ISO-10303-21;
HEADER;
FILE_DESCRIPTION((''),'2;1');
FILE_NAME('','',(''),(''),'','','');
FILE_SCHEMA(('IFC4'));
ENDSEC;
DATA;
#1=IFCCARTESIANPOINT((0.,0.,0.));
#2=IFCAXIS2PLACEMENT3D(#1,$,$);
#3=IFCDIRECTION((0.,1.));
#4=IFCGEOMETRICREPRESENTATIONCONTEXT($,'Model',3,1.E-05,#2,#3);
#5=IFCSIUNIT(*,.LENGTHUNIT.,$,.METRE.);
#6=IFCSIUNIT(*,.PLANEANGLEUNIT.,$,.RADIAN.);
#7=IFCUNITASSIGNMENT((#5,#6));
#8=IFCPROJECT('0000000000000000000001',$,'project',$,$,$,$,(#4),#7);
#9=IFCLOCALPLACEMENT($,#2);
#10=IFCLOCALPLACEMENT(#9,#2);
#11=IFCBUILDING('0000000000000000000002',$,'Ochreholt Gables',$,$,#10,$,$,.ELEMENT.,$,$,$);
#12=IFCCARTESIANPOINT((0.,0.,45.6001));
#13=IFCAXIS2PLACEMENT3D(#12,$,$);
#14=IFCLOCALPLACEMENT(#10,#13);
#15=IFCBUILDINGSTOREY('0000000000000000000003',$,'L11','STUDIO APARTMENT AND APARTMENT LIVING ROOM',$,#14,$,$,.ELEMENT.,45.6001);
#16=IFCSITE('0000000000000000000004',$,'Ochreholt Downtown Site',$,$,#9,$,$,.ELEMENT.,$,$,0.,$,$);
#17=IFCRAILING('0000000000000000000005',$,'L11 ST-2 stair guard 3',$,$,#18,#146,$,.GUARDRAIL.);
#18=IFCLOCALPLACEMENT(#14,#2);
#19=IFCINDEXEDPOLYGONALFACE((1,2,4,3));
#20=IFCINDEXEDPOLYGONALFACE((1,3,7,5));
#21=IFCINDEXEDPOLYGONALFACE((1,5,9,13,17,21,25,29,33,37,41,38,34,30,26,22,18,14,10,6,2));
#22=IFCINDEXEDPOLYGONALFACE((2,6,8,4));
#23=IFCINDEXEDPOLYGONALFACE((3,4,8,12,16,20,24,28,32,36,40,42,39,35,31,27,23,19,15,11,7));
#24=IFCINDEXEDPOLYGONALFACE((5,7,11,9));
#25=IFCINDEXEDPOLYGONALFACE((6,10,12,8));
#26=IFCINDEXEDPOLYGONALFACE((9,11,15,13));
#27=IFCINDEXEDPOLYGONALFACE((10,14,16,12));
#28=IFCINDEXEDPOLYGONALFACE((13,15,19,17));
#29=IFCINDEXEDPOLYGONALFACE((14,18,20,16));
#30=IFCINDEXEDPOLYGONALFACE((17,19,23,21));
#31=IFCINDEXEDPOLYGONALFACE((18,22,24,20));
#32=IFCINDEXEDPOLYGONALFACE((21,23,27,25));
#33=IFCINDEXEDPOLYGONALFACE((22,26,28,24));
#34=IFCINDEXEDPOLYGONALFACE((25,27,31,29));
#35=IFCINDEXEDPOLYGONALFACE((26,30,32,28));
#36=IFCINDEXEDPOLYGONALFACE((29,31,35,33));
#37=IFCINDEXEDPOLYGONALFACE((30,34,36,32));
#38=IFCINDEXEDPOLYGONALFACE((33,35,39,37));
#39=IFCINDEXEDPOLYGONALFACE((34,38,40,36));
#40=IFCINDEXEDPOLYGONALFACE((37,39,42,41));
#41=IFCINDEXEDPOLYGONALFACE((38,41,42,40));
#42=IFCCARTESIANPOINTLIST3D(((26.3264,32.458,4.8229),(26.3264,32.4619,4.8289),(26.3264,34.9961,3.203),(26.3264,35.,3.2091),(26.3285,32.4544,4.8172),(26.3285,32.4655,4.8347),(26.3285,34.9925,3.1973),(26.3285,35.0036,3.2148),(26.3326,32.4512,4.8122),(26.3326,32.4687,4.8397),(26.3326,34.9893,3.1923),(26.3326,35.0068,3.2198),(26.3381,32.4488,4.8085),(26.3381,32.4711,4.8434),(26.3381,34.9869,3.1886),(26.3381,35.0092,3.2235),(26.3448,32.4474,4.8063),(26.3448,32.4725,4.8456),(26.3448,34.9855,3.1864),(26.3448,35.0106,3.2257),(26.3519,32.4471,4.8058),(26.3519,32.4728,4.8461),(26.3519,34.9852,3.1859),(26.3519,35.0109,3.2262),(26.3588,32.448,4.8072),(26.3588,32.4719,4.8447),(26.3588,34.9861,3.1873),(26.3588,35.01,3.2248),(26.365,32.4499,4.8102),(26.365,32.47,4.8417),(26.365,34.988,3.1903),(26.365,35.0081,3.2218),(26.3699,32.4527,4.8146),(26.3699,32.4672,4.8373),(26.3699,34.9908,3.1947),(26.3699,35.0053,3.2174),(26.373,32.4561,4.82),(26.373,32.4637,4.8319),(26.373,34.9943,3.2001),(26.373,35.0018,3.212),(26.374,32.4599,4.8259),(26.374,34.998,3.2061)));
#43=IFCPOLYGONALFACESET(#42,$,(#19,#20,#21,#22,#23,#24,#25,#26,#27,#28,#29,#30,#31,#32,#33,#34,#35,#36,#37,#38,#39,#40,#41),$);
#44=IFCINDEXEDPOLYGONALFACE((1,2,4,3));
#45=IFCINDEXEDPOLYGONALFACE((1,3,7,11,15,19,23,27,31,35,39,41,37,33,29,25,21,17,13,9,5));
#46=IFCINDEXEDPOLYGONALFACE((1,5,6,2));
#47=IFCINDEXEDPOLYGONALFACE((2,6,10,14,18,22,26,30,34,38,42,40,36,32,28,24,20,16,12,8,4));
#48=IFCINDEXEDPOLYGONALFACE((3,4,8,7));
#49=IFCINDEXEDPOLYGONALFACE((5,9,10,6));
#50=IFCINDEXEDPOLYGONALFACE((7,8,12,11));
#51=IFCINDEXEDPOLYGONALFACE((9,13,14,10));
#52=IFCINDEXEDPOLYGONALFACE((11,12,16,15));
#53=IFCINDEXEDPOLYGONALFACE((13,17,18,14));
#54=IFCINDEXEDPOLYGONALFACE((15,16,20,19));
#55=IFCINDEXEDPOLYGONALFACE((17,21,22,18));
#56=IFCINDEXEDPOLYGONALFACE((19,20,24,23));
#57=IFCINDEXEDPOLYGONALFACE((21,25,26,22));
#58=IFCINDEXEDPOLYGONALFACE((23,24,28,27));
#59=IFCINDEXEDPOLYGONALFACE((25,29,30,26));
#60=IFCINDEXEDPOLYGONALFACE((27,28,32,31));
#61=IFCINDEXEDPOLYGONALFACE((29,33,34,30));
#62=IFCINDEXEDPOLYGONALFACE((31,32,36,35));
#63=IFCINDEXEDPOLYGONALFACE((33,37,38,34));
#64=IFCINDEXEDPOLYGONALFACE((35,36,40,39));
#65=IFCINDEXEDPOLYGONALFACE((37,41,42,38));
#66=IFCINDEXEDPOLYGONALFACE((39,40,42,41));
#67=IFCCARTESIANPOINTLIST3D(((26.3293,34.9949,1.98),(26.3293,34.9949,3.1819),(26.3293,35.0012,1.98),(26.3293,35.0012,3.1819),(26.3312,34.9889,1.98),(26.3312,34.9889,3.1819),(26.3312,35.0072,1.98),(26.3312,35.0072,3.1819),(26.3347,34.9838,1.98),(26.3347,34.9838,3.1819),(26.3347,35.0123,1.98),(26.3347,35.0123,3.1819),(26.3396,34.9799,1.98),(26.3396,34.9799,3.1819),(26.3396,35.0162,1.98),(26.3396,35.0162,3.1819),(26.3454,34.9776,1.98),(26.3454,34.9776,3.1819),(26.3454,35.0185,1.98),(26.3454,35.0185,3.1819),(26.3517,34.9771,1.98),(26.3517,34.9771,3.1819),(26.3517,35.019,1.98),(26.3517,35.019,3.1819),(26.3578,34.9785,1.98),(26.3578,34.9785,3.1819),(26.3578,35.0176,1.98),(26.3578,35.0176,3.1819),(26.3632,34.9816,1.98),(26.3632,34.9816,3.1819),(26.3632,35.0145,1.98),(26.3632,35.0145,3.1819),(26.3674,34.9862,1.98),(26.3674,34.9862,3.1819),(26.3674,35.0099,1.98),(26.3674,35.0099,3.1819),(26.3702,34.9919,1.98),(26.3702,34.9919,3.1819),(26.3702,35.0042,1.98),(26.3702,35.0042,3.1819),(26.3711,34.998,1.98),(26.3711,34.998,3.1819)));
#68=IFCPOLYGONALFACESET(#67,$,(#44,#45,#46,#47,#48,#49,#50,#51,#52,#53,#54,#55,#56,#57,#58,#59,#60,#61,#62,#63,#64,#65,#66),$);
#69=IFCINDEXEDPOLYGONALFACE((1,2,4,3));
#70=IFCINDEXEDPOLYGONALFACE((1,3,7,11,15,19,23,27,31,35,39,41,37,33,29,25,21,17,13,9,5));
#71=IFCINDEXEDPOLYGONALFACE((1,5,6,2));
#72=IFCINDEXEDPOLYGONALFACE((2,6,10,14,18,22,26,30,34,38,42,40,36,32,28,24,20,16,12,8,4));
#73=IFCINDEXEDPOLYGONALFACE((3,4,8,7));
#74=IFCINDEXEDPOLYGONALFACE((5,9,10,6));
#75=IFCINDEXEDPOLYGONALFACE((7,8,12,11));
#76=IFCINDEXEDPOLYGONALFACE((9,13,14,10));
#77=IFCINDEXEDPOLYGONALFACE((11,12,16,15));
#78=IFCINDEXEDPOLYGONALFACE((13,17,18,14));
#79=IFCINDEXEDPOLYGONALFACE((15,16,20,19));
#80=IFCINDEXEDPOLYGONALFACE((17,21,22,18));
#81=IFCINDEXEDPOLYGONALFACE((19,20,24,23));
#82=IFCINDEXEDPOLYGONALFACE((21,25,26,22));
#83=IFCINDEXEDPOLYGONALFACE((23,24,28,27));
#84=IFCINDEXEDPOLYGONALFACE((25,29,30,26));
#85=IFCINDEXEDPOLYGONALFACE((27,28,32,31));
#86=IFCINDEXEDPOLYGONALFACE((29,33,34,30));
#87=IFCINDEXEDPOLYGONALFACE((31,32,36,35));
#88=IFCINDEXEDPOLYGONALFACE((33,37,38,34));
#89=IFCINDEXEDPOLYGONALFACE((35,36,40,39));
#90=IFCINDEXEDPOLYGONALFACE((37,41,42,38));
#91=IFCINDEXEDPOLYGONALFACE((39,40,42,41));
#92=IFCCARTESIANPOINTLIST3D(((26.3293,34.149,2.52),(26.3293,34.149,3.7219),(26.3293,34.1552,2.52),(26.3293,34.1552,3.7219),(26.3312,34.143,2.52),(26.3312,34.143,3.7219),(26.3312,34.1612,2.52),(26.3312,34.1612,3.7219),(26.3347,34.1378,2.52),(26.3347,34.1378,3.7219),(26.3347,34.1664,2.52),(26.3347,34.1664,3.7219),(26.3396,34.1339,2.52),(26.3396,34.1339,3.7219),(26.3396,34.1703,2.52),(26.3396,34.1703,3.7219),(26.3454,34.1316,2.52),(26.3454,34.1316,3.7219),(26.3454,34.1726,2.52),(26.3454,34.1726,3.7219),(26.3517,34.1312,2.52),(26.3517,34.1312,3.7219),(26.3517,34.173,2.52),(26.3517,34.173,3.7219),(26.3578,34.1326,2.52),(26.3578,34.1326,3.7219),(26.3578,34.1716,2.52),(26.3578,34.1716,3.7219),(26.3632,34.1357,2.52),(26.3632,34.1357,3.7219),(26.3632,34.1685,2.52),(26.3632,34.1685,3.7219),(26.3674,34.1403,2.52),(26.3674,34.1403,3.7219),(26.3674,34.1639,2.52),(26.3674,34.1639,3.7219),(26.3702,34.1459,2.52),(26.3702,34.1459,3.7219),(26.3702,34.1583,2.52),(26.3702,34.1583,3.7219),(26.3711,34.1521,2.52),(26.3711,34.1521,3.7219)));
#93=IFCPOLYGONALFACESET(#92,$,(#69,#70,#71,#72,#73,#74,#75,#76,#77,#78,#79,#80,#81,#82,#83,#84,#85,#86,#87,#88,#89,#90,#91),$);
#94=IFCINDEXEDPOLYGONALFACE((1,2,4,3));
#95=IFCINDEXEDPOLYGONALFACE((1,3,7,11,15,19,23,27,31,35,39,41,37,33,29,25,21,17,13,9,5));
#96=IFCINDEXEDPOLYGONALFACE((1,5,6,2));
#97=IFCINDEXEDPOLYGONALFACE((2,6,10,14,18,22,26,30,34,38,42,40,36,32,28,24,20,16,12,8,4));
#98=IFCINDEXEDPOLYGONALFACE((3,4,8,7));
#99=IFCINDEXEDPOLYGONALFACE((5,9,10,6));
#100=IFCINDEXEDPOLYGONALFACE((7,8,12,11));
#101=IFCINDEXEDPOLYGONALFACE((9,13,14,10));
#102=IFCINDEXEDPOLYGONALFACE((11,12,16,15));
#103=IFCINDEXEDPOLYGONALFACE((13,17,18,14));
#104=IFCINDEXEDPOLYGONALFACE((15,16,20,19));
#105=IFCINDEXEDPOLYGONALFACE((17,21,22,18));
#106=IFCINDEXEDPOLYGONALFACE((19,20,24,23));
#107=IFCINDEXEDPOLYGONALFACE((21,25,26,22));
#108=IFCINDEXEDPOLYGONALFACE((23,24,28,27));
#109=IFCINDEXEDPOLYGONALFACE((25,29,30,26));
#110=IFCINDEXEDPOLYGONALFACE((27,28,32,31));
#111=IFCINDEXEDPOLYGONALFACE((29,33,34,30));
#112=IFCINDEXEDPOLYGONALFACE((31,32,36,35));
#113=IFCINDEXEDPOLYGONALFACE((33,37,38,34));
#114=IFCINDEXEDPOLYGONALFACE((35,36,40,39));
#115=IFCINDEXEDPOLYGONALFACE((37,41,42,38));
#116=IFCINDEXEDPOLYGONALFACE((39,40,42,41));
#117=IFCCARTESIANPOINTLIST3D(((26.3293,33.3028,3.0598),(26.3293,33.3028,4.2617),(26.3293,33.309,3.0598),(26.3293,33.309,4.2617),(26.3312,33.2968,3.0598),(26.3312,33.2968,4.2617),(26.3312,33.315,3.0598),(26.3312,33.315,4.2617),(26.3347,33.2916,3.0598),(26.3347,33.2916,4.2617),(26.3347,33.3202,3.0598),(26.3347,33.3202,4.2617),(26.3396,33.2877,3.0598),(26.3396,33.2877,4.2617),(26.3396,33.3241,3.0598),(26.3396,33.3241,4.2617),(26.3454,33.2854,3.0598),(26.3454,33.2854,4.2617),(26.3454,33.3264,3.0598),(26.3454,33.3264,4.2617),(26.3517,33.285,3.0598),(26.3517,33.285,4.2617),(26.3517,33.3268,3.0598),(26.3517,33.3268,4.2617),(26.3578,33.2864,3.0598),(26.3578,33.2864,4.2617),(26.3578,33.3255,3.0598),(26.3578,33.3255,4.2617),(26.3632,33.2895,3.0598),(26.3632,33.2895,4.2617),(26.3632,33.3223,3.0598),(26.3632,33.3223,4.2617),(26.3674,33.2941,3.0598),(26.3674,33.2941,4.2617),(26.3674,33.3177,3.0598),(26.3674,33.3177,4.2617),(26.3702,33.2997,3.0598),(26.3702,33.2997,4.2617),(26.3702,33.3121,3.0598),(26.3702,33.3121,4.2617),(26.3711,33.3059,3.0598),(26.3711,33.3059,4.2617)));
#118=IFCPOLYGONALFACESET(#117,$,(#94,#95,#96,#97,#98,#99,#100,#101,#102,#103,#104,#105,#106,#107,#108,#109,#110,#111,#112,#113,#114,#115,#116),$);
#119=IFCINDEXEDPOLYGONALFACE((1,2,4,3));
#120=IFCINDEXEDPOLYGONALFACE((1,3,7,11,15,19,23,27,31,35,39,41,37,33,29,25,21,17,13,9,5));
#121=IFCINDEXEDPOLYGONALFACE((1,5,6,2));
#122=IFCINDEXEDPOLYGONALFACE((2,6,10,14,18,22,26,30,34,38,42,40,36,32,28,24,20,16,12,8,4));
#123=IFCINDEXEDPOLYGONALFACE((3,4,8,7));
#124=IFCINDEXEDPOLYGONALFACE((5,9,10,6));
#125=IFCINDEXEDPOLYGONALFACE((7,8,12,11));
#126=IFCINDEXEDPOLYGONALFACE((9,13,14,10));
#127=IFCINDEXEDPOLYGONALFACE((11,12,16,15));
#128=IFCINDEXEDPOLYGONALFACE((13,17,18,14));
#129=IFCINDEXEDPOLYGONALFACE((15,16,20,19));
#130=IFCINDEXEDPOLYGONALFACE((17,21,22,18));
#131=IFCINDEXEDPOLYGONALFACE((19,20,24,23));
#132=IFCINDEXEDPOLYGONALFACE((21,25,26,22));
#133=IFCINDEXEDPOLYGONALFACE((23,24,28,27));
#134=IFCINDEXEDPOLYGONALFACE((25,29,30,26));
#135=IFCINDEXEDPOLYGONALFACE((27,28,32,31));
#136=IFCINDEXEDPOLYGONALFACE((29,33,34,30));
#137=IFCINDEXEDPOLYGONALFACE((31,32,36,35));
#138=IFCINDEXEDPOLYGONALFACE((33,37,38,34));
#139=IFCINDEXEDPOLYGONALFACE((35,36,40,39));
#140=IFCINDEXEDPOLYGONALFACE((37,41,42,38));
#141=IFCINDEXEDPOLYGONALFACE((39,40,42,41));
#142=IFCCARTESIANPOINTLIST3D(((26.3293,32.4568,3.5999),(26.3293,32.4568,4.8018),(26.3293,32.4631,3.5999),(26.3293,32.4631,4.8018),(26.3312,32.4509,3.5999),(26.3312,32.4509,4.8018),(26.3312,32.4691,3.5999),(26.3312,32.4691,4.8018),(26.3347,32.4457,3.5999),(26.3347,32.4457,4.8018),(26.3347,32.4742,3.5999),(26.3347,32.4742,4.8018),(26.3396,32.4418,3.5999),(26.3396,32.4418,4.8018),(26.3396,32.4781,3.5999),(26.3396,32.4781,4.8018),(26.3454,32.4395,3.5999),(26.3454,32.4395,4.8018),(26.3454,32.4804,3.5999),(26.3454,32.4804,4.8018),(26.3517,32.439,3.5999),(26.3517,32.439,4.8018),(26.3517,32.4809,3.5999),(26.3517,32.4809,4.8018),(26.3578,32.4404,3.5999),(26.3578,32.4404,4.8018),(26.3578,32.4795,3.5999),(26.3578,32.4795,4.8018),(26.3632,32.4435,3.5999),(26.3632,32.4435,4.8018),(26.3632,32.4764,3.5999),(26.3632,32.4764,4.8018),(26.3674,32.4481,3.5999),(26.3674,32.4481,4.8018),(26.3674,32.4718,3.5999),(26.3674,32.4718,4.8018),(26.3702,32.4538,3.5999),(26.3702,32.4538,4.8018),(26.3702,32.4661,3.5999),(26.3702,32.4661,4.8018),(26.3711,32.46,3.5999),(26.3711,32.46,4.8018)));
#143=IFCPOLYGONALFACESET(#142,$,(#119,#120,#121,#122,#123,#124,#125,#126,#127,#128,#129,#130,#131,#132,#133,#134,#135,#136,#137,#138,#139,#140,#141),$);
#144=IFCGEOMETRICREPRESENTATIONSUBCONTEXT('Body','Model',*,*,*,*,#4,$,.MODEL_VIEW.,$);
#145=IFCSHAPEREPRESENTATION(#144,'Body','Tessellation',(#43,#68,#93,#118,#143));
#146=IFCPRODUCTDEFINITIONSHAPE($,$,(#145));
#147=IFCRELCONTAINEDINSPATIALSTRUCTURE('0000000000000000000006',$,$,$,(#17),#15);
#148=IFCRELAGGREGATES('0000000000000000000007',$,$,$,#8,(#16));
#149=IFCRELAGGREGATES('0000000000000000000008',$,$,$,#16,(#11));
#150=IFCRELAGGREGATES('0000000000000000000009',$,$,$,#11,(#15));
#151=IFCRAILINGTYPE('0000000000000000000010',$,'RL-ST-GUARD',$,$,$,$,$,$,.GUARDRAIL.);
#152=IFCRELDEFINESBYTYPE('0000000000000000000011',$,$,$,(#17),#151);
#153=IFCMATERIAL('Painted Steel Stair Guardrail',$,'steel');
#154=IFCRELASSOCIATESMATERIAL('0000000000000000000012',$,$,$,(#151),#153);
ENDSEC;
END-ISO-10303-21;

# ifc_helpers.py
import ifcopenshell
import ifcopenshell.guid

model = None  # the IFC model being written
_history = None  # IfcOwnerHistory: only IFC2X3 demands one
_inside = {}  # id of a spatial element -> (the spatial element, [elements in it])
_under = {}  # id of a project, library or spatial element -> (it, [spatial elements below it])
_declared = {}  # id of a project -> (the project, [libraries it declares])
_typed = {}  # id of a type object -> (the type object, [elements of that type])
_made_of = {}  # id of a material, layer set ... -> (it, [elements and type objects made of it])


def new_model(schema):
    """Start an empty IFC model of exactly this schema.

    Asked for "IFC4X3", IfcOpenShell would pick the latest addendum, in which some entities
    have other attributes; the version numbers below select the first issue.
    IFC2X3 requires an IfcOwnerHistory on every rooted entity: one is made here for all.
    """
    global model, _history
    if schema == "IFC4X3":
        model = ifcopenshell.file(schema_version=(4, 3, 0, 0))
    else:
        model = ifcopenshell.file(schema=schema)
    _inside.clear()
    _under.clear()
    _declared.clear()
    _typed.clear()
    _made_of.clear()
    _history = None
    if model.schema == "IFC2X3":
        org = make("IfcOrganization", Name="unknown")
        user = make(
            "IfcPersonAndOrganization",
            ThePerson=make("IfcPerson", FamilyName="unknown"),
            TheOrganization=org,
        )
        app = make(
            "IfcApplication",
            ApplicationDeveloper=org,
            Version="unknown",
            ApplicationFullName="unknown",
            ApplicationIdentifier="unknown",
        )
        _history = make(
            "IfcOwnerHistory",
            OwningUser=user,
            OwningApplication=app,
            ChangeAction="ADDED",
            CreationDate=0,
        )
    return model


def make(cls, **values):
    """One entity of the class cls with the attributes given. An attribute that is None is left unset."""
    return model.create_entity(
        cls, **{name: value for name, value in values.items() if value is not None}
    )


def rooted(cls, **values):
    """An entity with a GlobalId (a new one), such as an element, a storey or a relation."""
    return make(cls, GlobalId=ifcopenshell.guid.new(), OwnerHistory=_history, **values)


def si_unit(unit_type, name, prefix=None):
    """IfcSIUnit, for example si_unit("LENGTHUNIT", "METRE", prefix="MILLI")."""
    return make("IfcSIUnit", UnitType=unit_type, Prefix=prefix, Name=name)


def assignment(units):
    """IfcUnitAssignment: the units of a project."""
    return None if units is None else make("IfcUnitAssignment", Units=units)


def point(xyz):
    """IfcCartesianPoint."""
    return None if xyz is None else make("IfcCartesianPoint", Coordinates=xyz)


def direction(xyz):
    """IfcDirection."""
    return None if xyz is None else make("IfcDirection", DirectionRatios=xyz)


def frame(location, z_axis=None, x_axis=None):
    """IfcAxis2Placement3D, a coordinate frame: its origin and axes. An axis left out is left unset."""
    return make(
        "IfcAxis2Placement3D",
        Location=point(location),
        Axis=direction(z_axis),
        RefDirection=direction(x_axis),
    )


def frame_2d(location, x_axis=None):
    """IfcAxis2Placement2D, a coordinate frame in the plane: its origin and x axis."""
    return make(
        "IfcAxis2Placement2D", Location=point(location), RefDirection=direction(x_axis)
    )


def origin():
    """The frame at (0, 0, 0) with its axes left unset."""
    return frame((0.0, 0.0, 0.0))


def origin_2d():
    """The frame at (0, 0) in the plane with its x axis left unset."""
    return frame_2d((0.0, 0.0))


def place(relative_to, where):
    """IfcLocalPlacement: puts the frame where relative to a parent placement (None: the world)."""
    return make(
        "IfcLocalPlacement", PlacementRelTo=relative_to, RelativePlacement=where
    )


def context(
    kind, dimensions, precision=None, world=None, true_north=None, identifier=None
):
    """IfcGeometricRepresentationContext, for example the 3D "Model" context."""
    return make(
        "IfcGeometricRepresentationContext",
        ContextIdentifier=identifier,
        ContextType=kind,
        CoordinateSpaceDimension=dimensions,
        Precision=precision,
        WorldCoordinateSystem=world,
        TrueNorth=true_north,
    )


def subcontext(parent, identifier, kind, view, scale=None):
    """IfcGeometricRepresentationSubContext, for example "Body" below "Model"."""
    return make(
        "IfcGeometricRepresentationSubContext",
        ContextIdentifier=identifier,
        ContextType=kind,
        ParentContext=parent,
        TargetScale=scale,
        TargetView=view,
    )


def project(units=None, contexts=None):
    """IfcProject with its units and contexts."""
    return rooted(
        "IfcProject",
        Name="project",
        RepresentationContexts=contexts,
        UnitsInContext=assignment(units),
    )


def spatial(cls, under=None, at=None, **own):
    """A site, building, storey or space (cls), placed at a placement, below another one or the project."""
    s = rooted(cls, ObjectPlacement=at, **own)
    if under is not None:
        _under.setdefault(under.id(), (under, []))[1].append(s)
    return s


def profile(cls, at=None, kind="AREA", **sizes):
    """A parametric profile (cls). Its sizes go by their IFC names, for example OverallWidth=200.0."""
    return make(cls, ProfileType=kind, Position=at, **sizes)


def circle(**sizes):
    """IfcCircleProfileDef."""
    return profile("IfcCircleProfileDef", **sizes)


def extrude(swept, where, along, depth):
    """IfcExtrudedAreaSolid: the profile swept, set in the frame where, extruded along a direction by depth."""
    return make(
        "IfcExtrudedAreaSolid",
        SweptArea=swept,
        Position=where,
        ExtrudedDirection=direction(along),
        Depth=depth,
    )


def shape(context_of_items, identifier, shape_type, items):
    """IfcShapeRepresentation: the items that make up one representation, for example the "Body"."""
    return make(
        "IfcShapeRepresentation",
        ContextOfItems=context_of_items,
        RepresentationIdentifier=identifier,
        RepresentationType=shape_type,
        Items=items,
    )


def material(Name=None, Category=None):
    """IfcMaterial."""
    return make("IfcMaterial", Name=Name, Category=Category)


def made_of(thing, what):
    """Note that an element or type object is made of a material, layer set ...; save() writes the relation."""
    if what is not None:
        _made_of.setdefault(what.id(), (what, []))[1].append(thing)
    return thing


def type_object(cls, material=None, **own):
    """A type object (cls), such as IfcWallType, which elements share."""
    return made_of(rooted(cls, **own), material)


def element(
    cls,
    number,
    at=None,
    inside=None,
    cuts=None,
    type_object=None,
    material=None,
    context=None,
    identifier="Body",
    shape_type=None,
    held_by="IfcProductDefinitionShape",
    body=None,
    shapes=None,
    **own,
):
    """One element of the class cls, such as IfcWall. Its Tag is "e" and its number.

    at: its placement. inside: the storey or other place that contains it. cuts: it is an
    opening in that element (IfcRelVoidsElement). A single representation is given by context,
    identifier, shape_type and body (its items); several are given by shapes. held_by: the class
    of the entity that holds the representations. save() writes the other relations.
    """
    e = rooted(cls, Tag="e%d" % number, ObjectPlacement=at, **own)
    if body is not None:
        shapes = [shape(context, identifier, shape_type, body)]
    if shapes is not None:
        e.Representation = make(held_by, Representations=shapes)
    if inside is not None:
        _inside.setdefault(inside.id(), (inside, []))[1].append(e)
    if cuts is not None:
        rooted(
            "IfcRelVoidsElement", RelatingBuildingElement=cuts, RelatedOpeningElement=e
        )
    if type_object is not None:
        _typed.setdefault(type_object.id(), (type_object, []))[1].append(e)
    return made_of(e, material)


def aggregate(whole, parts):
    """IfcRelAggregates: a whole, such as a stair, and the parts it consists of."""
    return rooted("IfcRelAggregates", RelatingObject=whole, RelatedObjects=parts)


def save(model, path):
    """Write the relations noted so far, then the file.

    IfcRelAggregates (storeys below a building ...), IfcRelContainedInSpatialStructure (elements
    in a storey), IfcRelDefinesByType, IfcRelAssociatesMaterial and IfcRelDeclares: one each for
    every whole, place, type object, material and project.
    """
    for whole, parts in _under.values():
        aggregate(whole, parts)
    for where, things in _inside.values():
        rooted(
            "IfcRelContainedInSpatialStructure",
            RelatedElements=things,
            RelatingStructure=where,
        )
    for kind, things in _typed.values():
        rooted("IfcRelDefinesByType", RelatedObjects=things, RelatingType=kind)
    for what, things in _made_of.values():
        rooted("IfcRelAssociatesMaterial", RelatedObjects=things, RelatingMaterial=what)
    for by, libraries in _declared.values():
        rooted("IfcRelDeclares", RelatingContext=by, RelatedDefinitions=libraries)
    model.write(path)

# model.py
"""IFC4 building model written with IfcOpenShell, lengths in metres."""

from ifc_helpers import new_model, si_unit, direction, frame, origin, origin_2d, place, context, subcontext, project, spatial, circle, extrude, material, type_object, element, save


model = new_model("IFC4")

# Units and contexts
model_context = context("Model", 3, precision=1e-05, world=origin(), true_north=direction((0.0, 1.0)))
body_context = subcontext(model_context, "Body", "Model", "MODEL_VIEW")
ifc_project = project(units=[si_unit("LENGTHUNIT", "METRE"), si_unit("PLANEANGLEUNIT", "RADIAN")], contexts=[model_context])

# Site, building, storey
site_placement = place(None, origin())
site = spatial("IfcSite", under=ifc_project, at=site_placement, Name="Ochreholt Downtown Site", CompositionType="ELEMENT", RefElevation=0.0)
building_placement = place(site_placement, origin())
building = spatial("IfcBuilding", under=site, at=building_placement, Name="Ochreholt Gables", CompositionType="ELEMENT")
storey_placement = place(building_placement, frame((0.0, 0.0, 45.6001)))
storey = spatial("IfcBuildingStorey", under=building, at=storey_placement, Name="L11", Description="STUDIO APARTMENT AND APARTMENT LIVING ROOM", CompositionType="ELEMENT", Elevation=45.6001)

# Railing
ifc_material_1 = material(Name="Painted Steel Stair Guardrail", Category="steel")
railing_type_1 = type_object("IfcRailingType", Name="RL-ST-GUARD", PredefinedType="GUARDRAIL", material=ifc_material_1)
railing_1_placement = place(storey_placement, frame((26.3501, 34.998, 1.98)))
element("IfcRailing", 1, at=railing_1_placement, inside=storey, type_object=railing_type_1, Name="L11 ST-2 stair guard 3", PredefinedType="GUARDRAIL", context=body_context, shape_type="SweptSolid", body=[
    extrude(circle(Radius=0.0239, at=origin_2d()), frame((0.0, 0.0, 1.2261), z_axis=(0.0, -0.84295, 0.537993), x_axis=(1.0, 0.0, 0.0)), (0.0, 0.0, 1.0), 3.011),
    extrude(circle(Radius=0.021, at=origin_2d()), origin(), (0.0, 0.0, 1.0), 1.2019),
    extrude(circle(Radius=0.021, at=origin_2d()), frame((0.0, -0.8459, 0.54)), (0.0, 0.0, 1.0), 1.2019),
    extrude(circle(Radius=0.021, at=origin_2d()), frame((0.0, -1.6921, 1.0798)), (0.0, 0.0, 1.0), 1.2019),
    extrude(circle(Radius=0.021, at=origin_2d()), frame((0.0, -2.5381, 1.6199)), (0.0, 0.0, 1.0), 1.2019),
])

save(model, "model.ifc")
